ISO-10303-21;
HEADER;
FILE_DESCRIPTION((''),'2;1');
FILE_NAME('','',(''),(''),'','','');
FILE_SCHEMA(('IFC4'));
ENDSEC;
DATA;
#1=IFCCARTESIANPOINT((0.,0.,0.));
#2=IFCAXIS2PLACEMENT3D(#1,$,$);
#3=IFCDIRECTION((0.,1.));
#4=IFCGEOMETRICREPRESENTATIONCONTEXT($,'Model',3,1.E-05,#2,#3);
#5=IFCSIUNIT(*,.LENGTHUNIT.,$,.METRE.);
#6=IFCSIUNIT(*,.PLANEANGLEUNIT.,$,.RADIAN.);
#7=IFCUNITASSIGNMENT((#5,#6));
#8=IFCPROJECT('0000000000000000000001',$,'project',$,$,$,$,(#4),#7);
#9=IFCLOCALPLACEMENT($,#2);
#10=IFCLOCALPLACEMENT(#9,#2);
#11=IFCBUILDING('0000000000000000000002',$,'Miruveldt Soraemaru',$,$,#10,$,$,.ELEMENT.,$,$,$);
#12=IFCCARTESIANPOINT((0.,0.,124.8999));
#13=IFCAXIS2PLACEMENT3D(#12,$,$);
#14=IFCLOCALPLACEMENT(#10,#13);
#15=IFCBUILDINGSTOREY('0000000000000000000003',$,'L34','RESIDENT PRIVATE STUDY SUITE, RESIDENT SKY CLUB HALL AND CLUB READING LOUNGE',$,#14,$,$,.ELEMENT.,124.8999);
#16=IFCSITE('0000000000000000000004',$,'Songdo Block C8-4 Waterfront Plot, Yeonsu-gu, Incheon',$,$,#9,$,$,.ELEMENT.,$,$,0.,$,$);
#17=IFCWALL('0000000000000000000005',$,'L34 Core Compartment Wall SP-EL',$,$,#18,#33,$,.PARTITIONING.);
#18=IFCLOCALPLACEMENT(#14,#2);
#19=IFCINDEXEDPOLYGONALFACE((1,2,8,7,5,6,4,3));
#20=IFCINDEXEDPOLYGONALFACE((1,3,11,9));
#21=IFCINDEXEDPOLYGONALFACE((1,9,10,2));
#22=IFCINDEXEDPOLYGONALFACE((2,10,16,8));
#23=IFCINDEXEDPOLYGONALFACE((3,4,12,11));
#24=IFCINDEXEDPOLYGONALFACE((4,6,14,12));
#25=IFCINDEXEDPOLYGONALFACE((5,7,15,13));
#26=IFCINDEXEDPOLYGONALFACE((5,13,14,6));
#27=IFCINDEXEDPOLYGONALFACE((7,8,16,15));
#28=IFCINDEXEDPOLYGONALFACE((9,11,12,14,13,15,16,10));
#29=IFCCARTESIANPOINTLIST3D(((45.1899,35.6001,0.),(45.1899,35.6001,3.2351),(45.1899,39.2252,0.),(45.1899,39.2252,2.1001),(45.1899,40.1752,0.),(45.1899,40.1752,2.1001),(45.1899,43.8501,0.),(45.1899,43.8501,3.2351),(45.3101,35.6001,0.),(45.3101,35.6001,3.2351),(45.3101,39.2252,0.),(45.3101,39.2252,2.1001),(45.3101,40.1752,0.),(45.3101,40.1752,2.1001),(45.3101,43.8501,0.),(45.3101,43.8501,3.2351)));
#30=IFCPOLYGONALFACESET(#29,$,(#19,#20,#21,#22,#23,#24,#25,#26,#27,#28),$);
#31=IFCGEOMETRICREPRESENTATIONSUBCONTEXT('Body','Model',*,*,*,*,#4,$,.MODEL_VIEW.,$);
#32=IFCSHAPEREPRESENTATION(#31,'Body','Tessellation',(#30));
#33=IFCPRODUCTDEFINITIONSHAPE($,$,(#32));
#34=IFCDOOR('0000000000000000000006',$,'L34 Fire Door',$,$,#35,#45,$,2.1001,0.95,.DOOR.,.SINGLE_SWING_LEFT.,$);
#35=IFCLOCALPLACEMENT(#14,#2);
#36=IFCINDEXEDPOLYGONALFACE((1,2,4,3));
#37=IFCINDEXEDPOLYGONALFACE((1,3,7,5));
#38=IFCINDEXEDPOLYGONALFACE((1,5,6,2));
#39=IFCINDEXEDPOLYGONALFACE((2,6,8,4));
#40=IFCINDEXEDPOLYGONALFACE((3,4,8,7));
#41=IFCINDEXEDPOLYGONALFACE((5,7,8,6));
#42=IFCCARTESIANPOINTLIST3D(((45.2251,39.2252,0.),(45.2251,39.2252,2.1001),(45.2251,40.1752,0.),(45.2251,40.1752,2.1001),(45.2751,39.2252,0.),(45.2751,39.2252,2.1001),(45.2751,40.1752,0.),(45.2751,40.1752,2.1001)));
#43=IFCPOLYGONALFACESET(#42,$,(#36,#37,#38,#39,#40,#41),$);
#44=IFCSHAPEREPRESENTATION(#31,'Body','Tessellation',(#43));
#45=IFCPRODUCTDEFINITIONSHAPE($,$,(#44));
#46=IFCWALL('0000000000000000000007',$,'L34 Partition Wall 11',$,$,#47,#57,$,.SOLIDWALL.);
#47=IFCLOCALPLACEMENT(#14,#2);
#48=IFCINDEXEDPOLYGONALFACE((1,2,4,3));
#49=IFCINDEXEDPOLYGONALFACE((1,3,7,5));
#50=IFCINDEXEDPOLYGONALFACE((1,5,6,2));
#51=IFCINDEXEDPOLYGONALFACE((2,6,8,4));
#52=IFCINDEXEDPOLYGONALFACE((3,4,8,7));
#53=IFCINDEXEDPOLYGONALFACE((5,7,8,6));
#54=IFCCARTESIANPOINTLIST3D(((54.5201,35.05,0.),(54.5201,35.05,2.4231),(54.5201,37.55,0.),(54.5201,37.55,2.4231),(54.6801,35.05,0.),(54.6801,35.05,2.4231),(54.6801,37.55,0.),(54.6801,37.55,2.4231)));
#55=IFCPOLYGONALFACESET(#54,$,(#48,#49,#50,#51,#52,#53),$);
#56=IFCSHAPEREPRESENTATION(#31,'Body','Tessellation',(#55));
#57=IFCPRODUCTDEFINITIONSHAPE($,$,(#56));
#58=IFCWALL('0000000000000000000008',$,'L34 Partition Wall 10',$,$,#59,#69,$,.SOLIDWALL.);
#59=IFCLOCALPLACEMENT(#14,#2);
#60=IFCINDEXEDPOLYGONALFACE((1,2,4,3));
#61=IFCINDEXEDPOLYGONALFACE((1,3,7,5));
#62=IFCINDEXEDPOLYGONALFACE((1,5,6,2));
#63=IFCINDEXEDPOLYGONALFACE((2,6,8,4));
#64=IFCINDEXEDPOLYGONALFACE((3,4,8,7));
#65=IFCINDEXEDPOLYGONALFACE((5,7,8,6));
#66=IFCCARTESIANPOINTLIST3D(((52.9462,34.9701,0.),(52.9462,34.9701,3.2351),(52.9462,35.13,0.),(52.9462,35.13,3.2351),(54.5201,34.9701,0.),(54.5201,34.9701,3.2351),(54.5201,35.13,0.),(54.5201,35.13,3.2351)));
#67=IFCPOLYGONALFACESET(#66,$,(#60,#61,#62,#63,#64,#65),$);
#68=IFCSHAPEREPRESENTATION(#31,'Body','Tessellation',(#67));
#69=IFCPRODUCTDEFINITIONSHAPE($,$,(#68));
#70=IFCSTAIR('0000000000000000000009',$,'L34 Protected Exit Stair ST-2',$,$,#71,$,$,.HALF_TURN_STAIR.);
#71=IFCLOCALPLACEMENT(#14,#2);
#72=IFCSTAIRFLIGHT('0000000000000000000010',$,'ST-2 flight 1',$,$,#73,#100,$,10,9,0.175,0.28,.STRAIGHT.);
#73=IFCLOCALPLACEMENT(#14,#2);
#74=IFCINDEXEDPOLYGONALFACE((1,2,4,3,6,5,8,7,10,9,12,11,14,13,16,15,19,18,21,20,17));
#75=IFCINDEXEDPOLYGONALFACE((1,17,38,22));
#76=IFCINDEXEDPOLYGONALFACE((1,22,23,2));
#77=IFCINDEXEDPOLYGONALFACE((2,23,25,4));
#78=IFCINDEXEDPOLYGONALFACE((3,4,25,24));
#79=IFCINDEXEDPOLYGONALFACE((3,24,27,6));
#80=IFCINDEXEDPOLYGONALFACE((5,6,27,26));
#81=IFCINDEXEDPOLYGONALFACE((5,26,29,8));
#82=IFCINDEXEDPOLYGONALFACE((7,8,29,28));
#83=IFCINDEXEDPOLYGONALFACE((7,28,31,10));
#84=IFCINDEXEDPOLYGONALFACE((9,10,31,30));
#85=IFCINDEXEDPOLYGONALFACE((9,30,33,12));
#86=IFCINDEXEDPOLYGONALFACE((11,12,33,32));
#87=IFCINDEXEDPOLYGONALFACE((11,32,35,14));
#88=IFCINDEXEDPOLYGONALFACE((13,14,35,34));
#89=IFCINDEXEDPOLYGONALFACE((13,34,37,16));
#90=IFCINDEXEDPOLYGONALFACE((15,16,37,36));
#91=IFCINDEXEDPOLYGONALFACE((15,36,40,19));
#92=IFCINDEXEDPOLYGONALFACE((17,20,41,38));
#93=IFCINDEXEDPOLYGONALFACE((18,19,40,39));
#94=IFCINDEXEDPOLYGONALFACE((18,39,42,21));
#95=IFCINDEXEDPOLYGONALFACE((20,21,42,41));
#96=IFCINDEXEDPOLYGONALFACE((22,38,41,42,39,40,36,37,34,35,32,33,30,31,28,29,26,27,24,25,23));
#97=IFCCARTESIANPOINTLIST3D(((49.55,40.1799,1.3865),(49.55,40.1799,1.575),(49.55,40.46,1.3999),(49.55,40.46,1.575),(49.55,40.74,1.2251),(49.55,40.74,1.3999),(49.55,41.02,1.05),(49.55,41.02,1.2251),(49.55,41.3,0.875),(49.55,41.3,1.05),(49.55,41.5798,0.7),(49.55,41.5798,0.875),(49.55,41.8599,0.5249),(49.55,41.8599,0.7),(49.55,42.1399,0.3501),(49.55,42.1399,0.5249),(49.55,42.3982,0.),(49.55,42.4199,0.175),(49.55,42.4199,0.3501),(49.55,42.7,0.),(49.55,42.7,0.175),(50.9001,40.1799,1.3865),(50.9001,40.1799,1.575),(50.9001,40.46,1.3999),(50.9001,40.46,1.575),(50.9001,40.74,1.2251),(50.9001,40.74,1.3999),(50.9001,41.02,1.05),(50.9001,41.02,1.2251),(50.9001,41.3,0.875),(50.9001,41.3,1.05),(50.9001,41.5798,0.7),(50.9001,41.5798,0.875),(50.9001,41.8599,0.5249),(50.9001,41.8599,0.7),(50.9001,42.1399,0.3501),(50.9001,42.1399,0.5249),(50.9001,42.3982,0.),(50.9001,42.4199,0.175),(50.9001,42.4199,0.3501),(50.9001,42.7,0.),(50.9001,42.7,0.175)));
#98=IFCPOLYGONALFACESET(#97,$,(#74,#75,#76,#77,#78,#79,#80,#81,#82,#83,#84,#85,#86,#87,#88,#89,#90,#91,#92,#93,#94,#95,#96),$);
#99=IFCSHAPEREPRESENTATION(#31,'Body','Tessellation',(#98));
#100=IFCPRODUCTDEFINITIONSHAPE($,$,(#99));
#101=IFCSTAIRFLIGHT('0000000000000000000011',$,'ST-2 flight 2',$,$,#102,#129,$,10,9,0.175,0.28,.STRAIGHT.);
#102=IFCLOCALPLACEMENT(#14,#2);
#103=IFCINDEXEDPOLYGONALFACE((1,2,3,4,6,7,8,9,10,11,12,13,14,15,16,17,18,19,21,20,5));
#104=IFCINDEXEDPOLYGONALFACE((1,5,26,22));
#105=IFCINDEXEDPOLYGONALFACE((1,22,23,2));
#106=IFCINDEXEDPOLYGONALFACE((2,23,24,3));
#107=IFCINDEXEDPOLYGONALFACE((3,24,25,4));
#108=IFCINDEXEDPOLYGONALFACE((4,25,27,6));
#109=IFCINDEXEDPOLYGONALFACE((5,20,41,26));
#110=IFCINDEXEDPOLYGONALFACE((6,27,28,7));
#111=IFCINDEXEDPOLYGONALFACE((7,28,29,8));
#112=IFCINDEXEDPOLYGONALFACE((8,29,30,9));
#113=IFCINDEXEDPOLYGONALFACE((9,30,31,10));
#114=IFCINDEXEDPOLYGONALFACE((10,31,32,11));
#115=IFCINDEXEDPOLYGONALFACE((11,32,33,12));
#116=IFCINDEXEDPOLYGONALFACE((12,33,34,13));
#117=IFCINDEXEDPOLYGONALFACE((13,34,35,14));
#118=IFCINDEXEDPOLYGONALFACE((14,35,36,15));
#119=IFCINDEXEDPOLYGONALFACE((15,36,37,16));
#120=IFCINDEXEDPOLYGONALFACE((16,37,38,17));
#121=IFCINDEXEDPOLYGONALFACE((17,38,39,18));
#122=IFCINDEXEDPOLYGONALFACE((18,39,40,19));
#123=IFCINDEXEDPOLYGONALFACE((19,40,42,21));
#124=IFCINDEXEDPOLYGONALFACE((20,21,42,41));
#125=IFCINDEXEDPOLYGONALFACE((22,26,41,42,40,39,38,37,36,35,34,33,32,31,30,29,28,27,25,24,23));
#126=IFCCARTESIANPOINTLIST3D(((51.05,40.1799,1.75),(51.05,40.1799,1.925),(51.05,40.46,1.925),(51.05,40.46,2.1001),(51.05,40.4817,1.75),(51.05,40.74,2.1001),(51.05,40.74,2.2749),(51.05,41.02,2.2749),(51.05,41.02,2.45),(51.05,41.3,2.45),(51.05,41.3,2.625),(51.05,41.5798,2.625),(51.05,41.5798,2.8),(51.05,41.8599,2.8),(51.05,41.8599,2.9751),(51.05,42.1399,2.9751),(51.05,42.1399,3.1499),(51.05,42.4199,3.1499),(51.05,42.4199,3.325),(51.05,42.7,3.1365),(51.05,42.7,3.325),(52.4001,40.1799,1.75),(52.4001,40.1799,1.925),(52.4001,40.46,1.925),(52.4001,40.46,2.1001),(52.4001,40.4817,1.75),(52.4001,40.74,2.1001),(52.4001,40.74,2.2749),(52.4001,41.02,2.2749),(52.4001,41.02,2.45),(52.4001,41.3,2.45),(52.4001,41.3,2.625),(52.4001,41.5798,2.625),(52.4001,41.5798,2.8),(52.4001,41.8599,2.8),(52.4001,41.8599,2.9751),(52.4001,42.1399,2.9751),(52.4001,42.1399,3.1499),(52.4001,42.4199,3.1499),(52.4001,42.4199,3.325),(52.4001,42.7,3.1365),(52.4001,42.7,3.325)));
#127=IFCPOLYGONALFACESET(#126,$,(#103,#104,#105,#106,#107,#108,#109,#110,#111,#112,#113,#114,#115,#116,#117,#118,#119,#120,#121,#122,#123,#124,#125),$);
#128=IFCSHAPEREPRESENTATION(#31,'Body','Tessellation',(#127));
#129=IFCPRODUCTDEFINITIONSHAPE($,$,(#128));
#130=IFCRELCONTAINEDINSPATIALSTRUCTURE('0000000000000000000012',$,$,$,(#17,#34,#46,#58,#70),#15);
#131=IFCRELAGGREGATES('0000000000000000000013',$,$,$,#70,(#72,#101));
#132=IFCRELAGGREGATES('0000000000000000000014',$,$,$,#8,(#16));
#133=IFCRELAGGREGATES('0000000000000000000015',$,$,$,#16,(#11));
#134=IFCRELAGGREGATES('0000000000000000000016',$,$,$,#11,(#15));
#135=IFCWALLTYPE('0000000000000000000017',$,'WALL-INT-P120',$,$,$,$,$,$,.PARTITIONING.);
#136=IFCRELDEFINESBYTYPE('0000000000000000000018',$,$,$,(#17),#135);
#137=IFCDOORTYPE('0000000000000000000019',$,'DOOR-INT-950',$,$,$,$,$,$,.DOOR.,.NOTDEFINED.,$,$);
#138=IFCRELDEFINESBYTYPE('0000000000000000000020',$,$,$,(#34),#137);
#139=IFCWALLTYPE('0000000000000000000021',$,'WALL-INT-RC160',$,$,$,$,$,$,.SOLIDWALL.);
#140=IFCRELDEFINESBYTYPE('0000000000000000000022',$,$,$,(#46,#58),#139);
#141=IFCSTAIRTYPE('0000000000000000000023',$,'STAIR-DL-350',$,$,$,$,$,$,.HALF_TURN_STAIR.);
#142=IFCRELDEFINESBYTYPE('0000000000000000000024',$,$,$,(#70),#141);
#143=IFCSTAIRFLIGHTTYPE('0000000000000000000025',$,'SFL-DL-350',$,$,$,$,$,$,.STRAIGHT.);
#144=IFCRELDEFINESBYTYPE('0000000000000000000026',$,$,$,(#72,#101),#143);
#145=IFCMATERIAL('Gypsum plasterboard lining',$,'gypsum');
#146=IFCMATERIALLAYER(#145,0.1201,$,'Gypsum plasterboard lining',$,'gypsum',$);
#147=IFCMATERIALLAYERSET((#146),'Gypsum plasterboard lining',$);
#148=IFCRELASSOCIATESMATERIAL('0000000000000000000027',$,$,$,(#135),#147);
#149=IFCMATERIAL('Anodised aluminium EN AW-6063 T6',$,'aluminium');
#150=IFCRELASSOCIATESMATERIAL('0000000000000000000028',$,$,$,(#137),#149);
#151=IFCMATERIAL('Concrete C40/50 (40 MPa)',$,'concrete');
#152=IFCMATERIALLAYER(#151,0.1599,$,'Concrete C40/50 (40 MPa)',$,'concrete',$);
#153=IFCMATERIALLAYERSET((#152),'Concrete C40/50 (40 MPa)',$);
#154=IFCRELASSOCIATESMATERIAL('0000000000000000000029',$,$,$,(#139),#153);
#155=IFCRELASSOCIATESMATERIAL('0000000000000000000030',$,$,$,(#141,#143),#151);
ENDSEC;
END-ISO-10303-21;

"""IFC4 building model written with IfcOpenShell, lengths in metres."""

from ifc_helpers import new_model, si_unit, direction, frame, frame_2d, origin, place, context, subcontext, project, spatial, polyline, rectangle, outline, extrude, material, layer, layer_set, type_object, element, fill, aggregate, save


model = new_model("IFC4")

# Units and contexts
model_context = context("Model", 3, precision=1e-05, world=origin(), true_north=direction((0.0, 1.0)))
body_context = subcontext(model_context, "Body", "Model", "MODEL_VIEW")
ifc_project = project(units=[si_unit("LENGTHUNIT", "METRE"), si_unit("PLANEANGLEUNIT", "RADIAN")], contexts=[model_context])

# Site, building, storey
site_placement = place(None, origin())
site = spatial("IfcSite", under=ifc_project, at=site_placement, Name="Songdo Block C8-4 Waterfront Plot, Yeonsu-gu, Incheon", CompositionType="ELEMENT", RefElevation=0.0)
building_placement = place(site_placement, origin())
building = spatial("IfcBuilding", under=site, at=building_placement, Name="Miruveldt Soraemaru", CompositionType="ELEMENT")
storey_placement = place(building_placement, frame((0.0, 0.0, 124.8999)))
storey = spatial("IfcBuildingStorey", under=building, at=storey_placement, Name="L34", Description="RESIDENT PRIVATE STUDY SUITE, RESIDENT SKY CLUB HALL AND CLUB READING LOUNGE", CompositionType="ELEMENT", Elevation=124.8999)

# Wall, opening, door
ifc_material_1 = material(Name="Gypsum plasterboard lining", Category="gypsum")
ifc_layer_1 = layer(ifc_material_1, 0.1201, Name="Gypsum plasterboard lining", Category="gypsum")
ifc_layer_set_1 = layer_set([ifc_layer_1], Name="Gypsum plasterboard lining")
wall_type_1 = type_object("IfcWallType", Name="WALL-INT-P120", PredefinedType="PARTITIONING", material=ifc_layer_set_1)
wall_1_placement = place(storey_placement, frame((45.25, 35.6001, 0.0), z_axis=(0.0, 0.0, 1.0), x_axis=(0.0, 1.0, 0.0)))
wall_1 = element("IfcWall", 1, at=wall_1_placement, inside=storey, type_object=wall_type_1, Name="L34 Core Compartment Wall SP-EL", PredefinedType="PARTITIONING", context=body_context, shape_type="SweptSolid", body=[
    extrude(rectangle(XDim=8.25, YDim=0.1201, at=frame_2d((4.125, 0.0))), origin(), (0.0, 0.0, 1.0), 3.2351),
])
opening_1_placement = place(wall_1_placement, frame((3.625, 0.0, 0.0)))
opening_1 = element("IfcOpeningElement", 2, at=opening_1_placement, cuts=wall_1, PredefinedType="OPENING", context=body_context, shape_type="SweptSolid", body=[
    extrude(rectangle(XDim=0.95, YDim=2.1001, at=frame_2d((0.4751, 1.05))), frame((0.0, 0.0701, 0.0), z_axis=(0.0, -1.0, 0.0), x_axis=(1.0, 0.0, 0.0)), (0.0, 0.0, 1.0), 0.1401),
])
ifc_material_2 = material(Name="Anodised aluminium EN AW-6063 T6", Category="aluminium")
door_type_1 = type_object("IfcDoorType", Name="DOOR-INT-950", OperationType="NOTDEFINED", PredefinedType="DOOR", material=ifc_material_2)
door_1_placement = place(opening_1_placement, origin())
door_1 = element("IfcDoor", 3, at=door_1_placement, inside=storey, type_object=door_type_1, Name="L34 Fire Door", OperationType="SINGLE_SWING_LEFT", OverallHeight=2.1001, OverallWidth=0.95, PredefinedType="DOOR", context=body_context, shape_type="SweptSolid", body=[
    extrude(rectangle(XDim=0.95, YDim=2.1001, at=frame_2d((0.4751, 1.05))), frame((0.0, 0.0249, 0.0), z_axis=(0.0, -1.0, 0.0), x_axis=(1.0, 0.0, 0.0)), (0.0, 0.0, 1.0), 0.05),
])
fill(opening_1, door_1)
ifc_material_3 = material(Name="Concrete C40/50 (40 MPa)", Category="concrete")
ifc_layer_2 = layer(ifc_material_3, 0.1599, Name="Concrete C40/50 (40 MPa)", Category="concrete")
ifc_layer_set_2 = layer_set([ifc_layer_2], Name="Concrete C40/50 (40 MPa)")
wall_type_2 = type_object("IfcWallType", Name="WALL-INT-RC160", PredefinedType="SOLIDWALL", material=ifc_layer_set_2)

# Walls
wall_2_placement = place(storey_placement, frame((54.6001, 35.05, 0.0), z_axis=(0.0, 0.0, 1.0), x_axis=(0.0, 1.0, 0.0)))
element("IfcWall", 4, at=wall_2_placement, inside=storey, type_object=wall_type_2, Name="L34 Partition Wall 11", PredefinedType="SOLIDWALL", context=body_context, shape_type="SweptSolid", body=[
    extrude(rectangle(XDim=2.5, YDim=0.1599, at=frame_2d((1.25, 0.0))), origin(), (0.0, 0.0, 1.0), 2.4231),
])
wall_3_placement = place(storey_placement, frame((52.946, 35.05, 0.0), z_axis=(0.0, 0.0, 1.0), x_axis=(1.0, 0.0, 0.0)))
element("IfcWall", 5, at=wall_3_placement, inside=storey, type_object=wall_type_2, Name="L34 Partition Wall 10", PredefinedType="SOLIDWALL", context=body_context, shape_type="SweptSolid", body=[
    extrude(rectangle(XDim=1.574, YDim=0.1599, at=frame_2d((0.7871, 0.0))), origin(), (0.0, 0.0, 1.0), 3.2351),
])

# Stair, stair flights
stair_type = type_object("IfcStairType", Name="STAIR-DL-350", PredefinedType="HALF_TURN_STAIR", material=ifc_material_3)
stair_placement = place(storey_placement, origin())
stair = element("IfcStair", 6, at=stair_placement, inside=storey, type_object=stair_type, Name="L34 Protected Exit Stair ST-2", PredefinedType="HALF_TURN_STAIR")
stair_flight_type = type_object("IfcStairFlightType", Name="SFL-DL-350", PredefinedType="STRAIGHT", material=ifc_material_3)
stair_flight_1_placement = place(storey_placement, frame((50.2251, 42.7, 0.0), z_axis=(0.0, 0.0, 1.0), x_axis=(0.0, -1.0, 0.0)))
stair_flight_1 = element("IfcStairFlight", 7, at=stair_flight_1_placement, type_object=stair_flight_type, Name="ST-2 flight 1", NumberOfRisers=10, NumberOfTreads=9, PredefinedType="STRAIGHT", RiserHeight=0.175, TreadLength=0.28, context=body_context, shape_type="SweptSolid", body=[
    extrude(outline(polyline([(0.0, 0.0), (0.0, 0.175), (0.28, 0.175), (0.28, 0.3501), (0.5601, 0.3501), (0.5601, 0.5249), (0.8401, 0.5249), (0.8401, 0.7), (1.1201, 0.7), (1.1201, 0.875), (1.3999, 0.875), (1.3999, 1.05), (1.6799, 1.05), (1.6799, 1.2251), (1.96, 1.2251), (1.96, 1.3999), (2.24, 1.3999), (2.24, 1.575), (2.52, 1.575), (2.52, 1.75), (2.52, 1.3865), (0.3018, 0.0), (0.0, 0.0)])), frame((0.0, 0.675, 0.0), z_axis=(0.0, -1.0, 0.0), x_axis=(1.0, 0.0, 0.0)), (0.0, 0.0, 1.0), 1.3501),
])
stair_flight_2_placement = place(storey_placement, frame((51.7251, 40.1799, 1.75), z_axis=(0.0, 0.0, 1.0), x_axis=(0.0, 1.0, 0.0)))
stair_flight_2 = element("IfcStairFlight", 8, at=stair_flight_2_placement, type_object=stair_flight_type, Name="ST-2 flight 2", NumberOfRisers=10, NumberOfTreads=9, PredefinedType="STRAIGHT", RiserHeight=0.175, TreadLength=0.28, context=body_context, shape_type="SweptSolid", body=[
    extrude(outline(polyline([(0.0, 0.0), (0.0, 0.175), (0.28, 0.175), (0.28, 0.3501), (0.5601, 0.3501), (0.5601, 0.5249), (0.8401, 0.5249), (0.8401, 0.7), (1.1201, 0.7), (1.1201, 0.875), (1.3999, 0.875), (1.3999, 1.05), (1.6799, 1.05), (1.6799, 1.2251), (1.96, 1.2251), (1.96, 1.3999), (2.24, 1.3999), (2.24, 1.575), (2.52, 1.575), (2.52, 1.75), (2.52, 1.3865), (0.3018, 0.0), (0.0, 0.0)])), frame((0.0, 0.675, 0.0), z_axis=(0.0, -1.0, 0.0), x_axis=(1.0, 0.0, 0.0)), (0.0, 0.0, 1.0), 1.3501),
])
aggregate(stair, [stair_flight_1, stair_flight_2])

save(model, "model.ifc")
